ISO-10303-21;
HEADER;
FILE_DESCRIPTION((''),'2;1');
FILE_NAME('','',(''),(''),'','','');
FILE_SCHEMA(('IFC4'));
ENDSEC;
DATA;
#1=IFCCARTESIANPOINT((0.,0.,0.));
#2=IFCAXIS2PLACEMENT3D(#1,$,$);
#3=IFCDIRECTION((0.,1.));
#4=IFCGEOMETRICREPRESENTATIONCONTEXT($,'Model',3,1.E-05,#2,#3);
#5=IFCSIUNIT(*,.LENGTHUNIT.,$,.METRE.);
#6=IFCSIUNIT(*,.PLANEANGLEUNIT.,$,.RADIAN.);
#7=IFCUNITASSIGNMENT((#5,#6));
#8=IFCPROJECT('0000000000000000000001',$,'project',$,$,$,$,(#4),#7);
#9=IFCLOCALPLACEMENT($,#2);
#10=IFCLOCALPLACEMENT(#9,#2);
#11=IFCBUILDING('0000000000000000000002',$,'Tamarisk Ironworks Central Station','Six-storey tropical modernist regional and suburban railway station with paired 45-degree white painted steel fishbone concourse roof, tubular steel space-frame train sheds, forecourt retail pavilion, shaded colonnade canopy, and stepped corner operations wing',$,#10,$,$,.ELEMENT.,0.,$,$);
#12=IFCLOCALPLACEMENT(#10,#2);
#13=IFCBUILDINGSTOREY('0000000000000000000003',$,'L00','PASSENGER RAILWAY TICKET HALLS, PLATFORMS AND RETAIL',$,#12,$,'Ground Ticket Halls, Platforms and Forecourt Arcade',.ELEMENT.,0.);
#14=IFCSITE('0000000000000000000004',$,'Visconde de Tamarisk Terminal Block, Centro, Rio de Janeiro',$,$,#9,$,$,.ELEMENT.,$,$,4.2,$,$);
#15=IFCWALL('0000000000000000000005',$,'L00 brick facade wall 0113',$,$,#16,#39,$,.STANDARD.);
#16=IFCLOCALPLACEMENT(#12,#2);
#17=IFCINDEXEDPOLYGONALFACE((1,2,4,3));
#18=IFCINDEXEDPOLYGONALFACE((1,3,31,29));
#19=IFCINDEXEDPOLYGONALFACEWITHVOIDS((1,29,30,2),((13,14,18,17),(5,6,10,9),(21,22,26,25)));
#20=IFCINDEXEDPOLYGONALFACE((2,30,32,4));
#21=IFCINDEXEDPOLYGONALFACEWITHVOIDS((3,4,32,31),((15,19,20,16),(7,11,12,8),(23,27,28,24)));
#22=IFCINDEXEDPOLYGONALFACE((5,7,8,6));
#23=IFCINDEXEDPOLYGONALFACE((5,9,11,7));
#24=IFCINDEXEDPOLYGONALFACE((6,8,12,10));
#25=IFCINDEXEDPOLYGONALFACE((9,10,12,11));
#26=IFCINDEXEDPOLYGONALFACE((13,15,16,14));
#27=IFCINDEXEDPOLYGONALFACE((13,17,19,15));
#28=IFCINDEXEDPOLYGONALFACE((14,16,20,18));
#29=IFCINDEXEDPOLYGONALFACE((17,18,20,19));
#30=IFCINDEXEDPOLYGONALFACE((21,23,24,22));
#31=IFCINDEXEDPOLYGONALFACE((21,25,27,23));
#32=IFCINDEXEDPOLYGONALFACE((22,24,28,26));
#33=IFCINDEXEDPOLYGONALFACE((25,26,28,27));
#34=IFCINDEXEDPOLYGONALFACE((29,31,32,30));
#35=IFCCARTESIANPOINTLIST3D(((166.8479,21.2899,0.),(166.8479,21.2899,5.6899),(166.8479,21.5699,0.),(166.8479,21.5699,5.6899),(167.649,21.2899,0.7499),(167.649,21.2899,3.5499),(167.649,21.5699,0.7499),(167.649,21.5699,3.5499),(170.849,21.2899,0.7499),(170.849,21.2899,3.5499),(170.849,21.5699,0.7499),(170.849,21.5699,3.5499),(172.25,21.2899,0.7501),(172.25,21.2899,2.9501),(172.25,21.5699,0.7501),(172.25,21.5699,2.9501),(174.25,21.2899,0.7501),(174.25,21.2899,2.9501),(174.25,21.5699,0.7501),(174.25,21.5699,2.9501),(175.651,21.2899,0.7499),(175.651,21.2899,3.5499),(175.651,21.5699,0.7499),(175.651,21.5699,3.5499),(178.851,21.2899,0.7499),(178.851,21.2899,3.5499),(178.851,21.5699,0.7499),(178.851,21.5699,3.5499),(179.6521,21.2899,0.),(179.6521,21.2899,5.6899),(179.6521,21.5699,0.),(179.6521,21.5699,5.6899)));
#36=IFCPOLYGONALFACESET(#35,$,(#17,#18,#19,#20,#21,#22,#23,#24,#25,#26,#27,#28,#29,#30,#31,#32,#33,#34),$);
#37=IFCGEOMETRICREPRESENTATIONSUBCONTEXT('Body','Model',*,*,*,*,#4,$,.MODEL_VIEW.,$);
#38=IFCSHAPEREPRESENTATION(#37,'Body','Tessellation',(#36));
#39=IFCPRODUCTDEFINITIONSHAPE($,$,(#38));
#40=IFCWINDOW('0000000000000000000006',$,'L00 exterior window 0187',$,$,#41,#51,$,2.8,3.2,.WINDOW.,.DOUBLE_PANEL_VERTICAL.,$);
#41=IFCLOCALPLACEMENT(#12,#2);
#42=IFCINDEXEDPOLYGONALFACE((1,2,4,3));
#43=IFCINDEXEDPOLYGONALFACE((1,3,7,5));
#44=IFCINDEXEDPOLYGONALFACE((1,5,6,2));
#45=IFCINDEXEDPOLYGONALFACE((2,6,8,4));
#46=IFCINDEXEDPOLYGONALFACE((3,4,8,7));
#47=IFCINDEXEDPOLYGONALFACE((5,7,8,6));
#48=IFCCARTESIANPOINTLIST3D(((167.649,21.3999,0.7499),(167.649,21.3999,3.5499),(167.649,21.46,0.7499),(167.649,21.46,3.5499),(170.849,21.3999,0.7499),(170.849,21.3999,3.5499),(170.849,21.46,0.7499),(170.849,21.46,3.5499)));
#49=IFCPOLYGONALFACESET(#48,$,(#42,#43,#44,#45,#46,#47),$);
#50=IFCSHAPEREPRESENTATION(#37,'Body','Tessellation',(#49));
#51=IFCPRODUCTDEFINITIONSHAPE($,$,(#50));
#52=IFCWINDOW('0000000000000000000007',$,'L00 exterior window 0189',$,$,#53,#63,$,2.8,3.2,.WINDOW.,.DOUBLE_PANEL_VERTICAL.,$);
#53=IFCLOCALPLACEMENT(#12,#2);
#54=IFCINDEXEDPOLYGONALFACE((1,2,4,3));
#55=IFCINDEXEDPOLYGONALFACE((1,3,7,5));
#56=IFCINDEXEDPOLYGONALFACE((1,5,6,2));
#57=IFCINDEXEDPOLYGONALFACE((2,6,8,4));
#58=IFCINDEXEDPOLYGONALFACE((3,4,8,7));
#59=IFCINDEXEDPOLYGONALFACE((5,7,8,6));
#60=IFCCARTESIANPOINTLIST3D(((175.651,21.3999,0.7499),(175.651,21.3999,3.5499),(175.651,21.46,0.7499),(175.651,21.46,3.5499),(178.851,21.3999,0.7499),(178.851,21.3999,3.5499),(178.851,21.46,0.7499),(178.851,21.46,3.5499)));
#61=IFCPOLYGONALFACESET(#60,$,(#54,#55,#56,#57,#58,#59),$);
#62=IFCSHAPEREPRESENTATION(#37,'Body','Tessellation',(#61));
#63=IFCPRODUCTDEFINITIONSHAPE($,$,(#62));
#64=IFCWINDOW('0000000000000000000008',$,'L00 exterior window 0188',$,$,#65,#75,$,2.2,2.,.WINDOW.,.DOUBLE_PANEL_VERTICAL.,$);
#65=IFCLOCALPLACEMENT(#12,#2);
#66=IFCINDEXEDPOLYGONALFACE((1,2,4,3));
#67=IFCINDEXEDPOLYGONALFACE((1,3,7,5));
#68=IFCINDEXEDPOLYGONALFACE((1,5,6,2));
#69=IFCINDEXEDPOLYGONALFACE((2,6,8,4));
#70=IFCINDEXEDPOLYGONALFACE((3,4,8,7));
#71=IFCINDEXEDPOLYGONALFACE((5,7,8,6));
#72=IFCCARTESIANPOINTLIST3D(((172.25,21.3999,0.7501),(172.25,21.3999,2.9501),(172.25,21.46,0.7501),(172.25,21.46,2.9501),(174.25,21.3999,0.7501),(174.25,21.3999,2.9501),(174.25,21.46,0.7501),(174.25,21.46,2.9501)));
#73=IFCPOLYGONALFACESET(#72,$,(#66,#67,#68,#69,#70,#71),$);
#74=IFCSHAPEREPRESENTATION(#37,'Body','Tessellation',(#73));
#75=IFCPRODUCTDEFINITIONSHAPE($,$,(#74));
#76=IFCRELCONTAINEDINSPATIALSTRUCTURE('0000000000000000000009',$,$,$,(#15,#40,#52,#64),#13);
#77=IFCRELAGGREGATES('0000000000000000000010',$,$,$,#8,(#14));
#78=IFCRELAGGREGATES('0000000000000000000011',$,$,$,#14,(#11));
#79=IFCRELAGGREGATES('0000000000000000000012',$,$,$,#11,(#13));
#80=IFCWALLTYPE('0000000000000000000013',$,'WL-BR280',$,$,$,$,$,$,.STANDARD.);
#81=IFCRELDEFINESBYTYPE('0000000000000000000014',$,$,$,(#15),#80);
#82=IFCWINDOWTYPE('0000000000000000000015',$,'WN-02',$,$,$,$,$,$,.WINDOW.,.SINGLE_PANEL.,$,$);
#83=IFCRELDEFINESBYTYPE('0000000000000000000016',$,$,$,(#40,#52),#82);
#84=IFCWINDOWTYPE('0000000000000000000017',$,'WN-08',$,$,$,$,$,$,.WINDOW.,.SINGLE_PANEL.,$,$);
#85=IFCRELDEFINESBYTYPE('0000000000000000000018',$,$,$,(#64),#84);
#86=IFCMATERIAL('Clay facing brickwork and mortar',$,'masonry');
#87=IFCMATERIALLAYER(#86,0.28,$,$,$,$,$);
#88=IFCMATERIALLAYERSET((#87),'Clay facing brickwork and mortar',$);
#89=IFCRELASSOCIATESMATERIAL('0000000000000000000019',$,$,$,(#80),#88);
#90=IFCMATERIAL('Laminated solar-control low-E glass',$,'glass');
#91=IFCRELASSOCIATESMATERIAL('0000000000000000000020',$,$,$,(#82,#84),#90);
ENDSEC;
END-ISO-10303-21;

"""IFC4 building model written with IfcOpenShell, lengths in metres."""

from ifc_helpers import new_model, si_unit, direction, frame, frame_2d, origin, place, context, subcontext, project, spatial, rectangle, extrude, material, layer, layer_set, type_object, element, fill, save


model = new_model("IFC4")

# Units and contexts
model_context = context("Model", 3, precision=1e-05, world=origin(), true_north=direction((0.0, 1.0)))
body_context = subcontext(model_context, "Body", "Model", "MODEL_VIEW")
ifc_project = project(units=[si_unit("LENGTHUNIT", "METRE"), si_unit("PLANEANGLEUNIT", "RADIAN")], contexts=[model_context])

# Site, building, storey
site_placement = place(None, origin())
site = spatial("IfcSite", under=ifc_project, at=site_placement, Name="Visconde de Tamarisk Terminal Block, Centro, Rio de Janeiro", CompositionType="ELEMENT", RefElevation=4.2)
building_placement = place(site_placement, origin())
building = spatial("IfcBuilding", under=site, at=building_placement, Name="Tamarisk Ironworks Central Station", Description="Six-storey tropical modernist regional and suburban railway station with paired 45-degree white painted steel fishbone concourse roof, tubular steel space-frame train sheds, forecourt retail pavilion, shaded colonnade canopy, and stepped corner operations wing", CompositionType="ELEMENT", ElevationOfRefHeight=0.0)
storey_placement = place(building_placement, origin())
storey = spatial("IfcBuildingStorey", under=building, at=storey_placement, Name="L00", Description="PASSENGER RAILWAY TICKET HALLS, PLATFORMS AND RETAIL", LongName="Ground Ticket Halls, Platforms and Forecourt Arcade", CompositionType="ELEMENT", Elevation=0.0)

# Wall, openings, windows
ifc_material_1 = material(Name="Clay facing brickwork and mortar", Category="masonry")
ifc_layer = layer(ifc_material_1, 0.28)
ifc_layer_set = layer_set([ifc_layer], Name="Clay facing brickwork and mortar")
wall_type = type_object("IfcWallType", Name="WL-BR280", PredefinedType="STANDARD", material=ifc_layer_set)
wall_placement = place(storey_placement, frame((166.8479, 21.4299, 0.0), z_axis=(0.0, 0.0, 1.0), x_axis=(1.0, 0.0, 0.0)))
wall = element("IfcWall", 1, at=wall_placement, inside=storey, type_object=wall_type, Name="L00 brick facade wall 0113", PredefinedType="STANDARD", context=body_context, shape_type="SweptSolid", body=[
    extrude(rectangle(XDim=12.8042, YDim=0.28, at=frame_2d((6.4021, 0.0))), origin(), (0.0, 0.0, 1.0), 5.6899),
])
opening_1_placement = place(wall_placement, frame((0.801, 0.0, 0.75)))
opening_1 = element("IfcOpeningElement", 2, at=opening_1_placement, cuts=wall, PredefinedType="OPENING", context=body_context, shape_type="SweptSolid", body=[
    extrude(rectangle(XDim=3.2, YDim=2.8, at=frame_2d((1.6001, 1.3999))), frame((0.0, 0.1519, 0.0), z_axis=(0.0, -1.0, 0.0), x_axis=(1.0, 0.0, 0.0)), (0.0, 0.0, 1.0), 0.304),
])
opening_2_placement = place(wall_placement, frame((5.4021, 0.0, 0.75)))
opening_2 = element("IfcOpeningElement", 3, at=opening_2_placement, cuts=wall, PredefinedType="OPENING", context=body_context, shape_type="SweptSolid", body=[
    extrude(rectangle(XDim=2.0, YDim=2.2, at=frame_2d((1.0, 1.1001))), frame((0.0, 0.1519, 0.0), z_axis=(0.0, -1.0, 0.0), x_axis=(1.0, 0.0, 0.0)), (0.0, 0.0, 1.0), 0.304),
])
opening_3_placement = place(wall_placement, frame((8.803, 0.0, 0.75)))
opening_3 = element("IfcOpeningElement", 4, at=opening_3_placement, cuts=wall, PredefinedType="OPENING", context=body_context, shape_type="SweptSolid", body=[
    extrude(rectangle(XDim=3.2, YDim=2.8, at=frame_2d((1.6001, 1.3999))), frame((0.0, 0.1519, 0.0), z_axis=(0.0, -1.0, 0.0), x_axis=(1.0, 0.0, 0.0)), (0.0, 0.0, 1.0), 0.304),
])
ifc_material_2 = material(Name="Laminated solar-control low-E glass", Category="glass")
window_type_1 = type_object("IfcWindowType", Name="WN-02", PartitioningType="SINGLE_PANEL", PredefinedType="WINDOW", material=ifc_material_2)
window_1_placement = place(opening_1_placement, origin())
window_1 = element("IfcWindow", 5, at=window_1_placement, inside=storey, type_object=window_type_1, Name="L00 exterior window 0187", OverallHeight=2.8, OverallWidth=3.2, PartitioningType="DOUBLE_PANEL_VERTICAL", PredefinedType="WINDOW", context=body_context, shape_type="SweptSolid", body=[
    extrude(rectangle(XDim=3.2, YDim=2.8, at=frame_2d((1.6001, 1.3999))), frame((0.0, 0.03, 0.0), z_axis=(0.0, -1.0, 0.0), x_axis=(1.0, 0.0, 0.0)), (0.0, 0.0, 1.0), 0.0601),
])
fill(opening_1, window_1)
window_2_placement = place(opening_3_placement, origin())
window_2 = element("IfcWindow", 6, at=window_2_placement, inside=storey, type_object=window_type_1, Name="L00 exterior window 0189", OverallHeight=2.8, OverallWidth=3.2, PartitioningType="DOUBLE_PANEL_VERTICAL", PredefinedType="WINDOW", context=body_context, shape_type="SweptSolid", body=[
    extrude(rectangle(XDim=3.2, YDim=2.8, at=frame_2d((1.6001, 1.3999))), frame((0.0, 0.03, 0.0), z_axis=(0.0, -1.0, 0.0), x_axis=(1.0, 0.0, 0.0)), (0.0, 0.0, 1.0), 0.0601),
])
fill(opening_3, window_2)
window_type_2 = type_object("IfcWindowType", Name="WN-08", PartitioningType="SINGLE_PANEL", PredefinedType="WINDOW", material=ifc_material_2)
window_3_placement = place(opening_2_placement, origin())
window_3 = element("IfcWindow", 7, at=window_3_placement, inside=storey, type_object=window_type_2, Name="L00 exterior window 0188", OverallHeight=2.2, OverallWidth=2.0, PartitioningType="DOUBLE_PANEL_VERTICAL", PredefinedType="WINDOW", context=body_context, shape_type="SweptSolid", body=[
    extrude(rectangle(XDim=2.0, YDim=2.2, at=frame_2d((1.0, 1.1001))), frame((0.0, 0.03, 0.0), z_axis=(0.0, -1.0, 0.0), x_axis=(1.0, 0.0, 0.0)), (0.0, 0.0, 1.0), 0.0601),
])
fill(opening_2, window_3)

save(model, "model.ifc")
